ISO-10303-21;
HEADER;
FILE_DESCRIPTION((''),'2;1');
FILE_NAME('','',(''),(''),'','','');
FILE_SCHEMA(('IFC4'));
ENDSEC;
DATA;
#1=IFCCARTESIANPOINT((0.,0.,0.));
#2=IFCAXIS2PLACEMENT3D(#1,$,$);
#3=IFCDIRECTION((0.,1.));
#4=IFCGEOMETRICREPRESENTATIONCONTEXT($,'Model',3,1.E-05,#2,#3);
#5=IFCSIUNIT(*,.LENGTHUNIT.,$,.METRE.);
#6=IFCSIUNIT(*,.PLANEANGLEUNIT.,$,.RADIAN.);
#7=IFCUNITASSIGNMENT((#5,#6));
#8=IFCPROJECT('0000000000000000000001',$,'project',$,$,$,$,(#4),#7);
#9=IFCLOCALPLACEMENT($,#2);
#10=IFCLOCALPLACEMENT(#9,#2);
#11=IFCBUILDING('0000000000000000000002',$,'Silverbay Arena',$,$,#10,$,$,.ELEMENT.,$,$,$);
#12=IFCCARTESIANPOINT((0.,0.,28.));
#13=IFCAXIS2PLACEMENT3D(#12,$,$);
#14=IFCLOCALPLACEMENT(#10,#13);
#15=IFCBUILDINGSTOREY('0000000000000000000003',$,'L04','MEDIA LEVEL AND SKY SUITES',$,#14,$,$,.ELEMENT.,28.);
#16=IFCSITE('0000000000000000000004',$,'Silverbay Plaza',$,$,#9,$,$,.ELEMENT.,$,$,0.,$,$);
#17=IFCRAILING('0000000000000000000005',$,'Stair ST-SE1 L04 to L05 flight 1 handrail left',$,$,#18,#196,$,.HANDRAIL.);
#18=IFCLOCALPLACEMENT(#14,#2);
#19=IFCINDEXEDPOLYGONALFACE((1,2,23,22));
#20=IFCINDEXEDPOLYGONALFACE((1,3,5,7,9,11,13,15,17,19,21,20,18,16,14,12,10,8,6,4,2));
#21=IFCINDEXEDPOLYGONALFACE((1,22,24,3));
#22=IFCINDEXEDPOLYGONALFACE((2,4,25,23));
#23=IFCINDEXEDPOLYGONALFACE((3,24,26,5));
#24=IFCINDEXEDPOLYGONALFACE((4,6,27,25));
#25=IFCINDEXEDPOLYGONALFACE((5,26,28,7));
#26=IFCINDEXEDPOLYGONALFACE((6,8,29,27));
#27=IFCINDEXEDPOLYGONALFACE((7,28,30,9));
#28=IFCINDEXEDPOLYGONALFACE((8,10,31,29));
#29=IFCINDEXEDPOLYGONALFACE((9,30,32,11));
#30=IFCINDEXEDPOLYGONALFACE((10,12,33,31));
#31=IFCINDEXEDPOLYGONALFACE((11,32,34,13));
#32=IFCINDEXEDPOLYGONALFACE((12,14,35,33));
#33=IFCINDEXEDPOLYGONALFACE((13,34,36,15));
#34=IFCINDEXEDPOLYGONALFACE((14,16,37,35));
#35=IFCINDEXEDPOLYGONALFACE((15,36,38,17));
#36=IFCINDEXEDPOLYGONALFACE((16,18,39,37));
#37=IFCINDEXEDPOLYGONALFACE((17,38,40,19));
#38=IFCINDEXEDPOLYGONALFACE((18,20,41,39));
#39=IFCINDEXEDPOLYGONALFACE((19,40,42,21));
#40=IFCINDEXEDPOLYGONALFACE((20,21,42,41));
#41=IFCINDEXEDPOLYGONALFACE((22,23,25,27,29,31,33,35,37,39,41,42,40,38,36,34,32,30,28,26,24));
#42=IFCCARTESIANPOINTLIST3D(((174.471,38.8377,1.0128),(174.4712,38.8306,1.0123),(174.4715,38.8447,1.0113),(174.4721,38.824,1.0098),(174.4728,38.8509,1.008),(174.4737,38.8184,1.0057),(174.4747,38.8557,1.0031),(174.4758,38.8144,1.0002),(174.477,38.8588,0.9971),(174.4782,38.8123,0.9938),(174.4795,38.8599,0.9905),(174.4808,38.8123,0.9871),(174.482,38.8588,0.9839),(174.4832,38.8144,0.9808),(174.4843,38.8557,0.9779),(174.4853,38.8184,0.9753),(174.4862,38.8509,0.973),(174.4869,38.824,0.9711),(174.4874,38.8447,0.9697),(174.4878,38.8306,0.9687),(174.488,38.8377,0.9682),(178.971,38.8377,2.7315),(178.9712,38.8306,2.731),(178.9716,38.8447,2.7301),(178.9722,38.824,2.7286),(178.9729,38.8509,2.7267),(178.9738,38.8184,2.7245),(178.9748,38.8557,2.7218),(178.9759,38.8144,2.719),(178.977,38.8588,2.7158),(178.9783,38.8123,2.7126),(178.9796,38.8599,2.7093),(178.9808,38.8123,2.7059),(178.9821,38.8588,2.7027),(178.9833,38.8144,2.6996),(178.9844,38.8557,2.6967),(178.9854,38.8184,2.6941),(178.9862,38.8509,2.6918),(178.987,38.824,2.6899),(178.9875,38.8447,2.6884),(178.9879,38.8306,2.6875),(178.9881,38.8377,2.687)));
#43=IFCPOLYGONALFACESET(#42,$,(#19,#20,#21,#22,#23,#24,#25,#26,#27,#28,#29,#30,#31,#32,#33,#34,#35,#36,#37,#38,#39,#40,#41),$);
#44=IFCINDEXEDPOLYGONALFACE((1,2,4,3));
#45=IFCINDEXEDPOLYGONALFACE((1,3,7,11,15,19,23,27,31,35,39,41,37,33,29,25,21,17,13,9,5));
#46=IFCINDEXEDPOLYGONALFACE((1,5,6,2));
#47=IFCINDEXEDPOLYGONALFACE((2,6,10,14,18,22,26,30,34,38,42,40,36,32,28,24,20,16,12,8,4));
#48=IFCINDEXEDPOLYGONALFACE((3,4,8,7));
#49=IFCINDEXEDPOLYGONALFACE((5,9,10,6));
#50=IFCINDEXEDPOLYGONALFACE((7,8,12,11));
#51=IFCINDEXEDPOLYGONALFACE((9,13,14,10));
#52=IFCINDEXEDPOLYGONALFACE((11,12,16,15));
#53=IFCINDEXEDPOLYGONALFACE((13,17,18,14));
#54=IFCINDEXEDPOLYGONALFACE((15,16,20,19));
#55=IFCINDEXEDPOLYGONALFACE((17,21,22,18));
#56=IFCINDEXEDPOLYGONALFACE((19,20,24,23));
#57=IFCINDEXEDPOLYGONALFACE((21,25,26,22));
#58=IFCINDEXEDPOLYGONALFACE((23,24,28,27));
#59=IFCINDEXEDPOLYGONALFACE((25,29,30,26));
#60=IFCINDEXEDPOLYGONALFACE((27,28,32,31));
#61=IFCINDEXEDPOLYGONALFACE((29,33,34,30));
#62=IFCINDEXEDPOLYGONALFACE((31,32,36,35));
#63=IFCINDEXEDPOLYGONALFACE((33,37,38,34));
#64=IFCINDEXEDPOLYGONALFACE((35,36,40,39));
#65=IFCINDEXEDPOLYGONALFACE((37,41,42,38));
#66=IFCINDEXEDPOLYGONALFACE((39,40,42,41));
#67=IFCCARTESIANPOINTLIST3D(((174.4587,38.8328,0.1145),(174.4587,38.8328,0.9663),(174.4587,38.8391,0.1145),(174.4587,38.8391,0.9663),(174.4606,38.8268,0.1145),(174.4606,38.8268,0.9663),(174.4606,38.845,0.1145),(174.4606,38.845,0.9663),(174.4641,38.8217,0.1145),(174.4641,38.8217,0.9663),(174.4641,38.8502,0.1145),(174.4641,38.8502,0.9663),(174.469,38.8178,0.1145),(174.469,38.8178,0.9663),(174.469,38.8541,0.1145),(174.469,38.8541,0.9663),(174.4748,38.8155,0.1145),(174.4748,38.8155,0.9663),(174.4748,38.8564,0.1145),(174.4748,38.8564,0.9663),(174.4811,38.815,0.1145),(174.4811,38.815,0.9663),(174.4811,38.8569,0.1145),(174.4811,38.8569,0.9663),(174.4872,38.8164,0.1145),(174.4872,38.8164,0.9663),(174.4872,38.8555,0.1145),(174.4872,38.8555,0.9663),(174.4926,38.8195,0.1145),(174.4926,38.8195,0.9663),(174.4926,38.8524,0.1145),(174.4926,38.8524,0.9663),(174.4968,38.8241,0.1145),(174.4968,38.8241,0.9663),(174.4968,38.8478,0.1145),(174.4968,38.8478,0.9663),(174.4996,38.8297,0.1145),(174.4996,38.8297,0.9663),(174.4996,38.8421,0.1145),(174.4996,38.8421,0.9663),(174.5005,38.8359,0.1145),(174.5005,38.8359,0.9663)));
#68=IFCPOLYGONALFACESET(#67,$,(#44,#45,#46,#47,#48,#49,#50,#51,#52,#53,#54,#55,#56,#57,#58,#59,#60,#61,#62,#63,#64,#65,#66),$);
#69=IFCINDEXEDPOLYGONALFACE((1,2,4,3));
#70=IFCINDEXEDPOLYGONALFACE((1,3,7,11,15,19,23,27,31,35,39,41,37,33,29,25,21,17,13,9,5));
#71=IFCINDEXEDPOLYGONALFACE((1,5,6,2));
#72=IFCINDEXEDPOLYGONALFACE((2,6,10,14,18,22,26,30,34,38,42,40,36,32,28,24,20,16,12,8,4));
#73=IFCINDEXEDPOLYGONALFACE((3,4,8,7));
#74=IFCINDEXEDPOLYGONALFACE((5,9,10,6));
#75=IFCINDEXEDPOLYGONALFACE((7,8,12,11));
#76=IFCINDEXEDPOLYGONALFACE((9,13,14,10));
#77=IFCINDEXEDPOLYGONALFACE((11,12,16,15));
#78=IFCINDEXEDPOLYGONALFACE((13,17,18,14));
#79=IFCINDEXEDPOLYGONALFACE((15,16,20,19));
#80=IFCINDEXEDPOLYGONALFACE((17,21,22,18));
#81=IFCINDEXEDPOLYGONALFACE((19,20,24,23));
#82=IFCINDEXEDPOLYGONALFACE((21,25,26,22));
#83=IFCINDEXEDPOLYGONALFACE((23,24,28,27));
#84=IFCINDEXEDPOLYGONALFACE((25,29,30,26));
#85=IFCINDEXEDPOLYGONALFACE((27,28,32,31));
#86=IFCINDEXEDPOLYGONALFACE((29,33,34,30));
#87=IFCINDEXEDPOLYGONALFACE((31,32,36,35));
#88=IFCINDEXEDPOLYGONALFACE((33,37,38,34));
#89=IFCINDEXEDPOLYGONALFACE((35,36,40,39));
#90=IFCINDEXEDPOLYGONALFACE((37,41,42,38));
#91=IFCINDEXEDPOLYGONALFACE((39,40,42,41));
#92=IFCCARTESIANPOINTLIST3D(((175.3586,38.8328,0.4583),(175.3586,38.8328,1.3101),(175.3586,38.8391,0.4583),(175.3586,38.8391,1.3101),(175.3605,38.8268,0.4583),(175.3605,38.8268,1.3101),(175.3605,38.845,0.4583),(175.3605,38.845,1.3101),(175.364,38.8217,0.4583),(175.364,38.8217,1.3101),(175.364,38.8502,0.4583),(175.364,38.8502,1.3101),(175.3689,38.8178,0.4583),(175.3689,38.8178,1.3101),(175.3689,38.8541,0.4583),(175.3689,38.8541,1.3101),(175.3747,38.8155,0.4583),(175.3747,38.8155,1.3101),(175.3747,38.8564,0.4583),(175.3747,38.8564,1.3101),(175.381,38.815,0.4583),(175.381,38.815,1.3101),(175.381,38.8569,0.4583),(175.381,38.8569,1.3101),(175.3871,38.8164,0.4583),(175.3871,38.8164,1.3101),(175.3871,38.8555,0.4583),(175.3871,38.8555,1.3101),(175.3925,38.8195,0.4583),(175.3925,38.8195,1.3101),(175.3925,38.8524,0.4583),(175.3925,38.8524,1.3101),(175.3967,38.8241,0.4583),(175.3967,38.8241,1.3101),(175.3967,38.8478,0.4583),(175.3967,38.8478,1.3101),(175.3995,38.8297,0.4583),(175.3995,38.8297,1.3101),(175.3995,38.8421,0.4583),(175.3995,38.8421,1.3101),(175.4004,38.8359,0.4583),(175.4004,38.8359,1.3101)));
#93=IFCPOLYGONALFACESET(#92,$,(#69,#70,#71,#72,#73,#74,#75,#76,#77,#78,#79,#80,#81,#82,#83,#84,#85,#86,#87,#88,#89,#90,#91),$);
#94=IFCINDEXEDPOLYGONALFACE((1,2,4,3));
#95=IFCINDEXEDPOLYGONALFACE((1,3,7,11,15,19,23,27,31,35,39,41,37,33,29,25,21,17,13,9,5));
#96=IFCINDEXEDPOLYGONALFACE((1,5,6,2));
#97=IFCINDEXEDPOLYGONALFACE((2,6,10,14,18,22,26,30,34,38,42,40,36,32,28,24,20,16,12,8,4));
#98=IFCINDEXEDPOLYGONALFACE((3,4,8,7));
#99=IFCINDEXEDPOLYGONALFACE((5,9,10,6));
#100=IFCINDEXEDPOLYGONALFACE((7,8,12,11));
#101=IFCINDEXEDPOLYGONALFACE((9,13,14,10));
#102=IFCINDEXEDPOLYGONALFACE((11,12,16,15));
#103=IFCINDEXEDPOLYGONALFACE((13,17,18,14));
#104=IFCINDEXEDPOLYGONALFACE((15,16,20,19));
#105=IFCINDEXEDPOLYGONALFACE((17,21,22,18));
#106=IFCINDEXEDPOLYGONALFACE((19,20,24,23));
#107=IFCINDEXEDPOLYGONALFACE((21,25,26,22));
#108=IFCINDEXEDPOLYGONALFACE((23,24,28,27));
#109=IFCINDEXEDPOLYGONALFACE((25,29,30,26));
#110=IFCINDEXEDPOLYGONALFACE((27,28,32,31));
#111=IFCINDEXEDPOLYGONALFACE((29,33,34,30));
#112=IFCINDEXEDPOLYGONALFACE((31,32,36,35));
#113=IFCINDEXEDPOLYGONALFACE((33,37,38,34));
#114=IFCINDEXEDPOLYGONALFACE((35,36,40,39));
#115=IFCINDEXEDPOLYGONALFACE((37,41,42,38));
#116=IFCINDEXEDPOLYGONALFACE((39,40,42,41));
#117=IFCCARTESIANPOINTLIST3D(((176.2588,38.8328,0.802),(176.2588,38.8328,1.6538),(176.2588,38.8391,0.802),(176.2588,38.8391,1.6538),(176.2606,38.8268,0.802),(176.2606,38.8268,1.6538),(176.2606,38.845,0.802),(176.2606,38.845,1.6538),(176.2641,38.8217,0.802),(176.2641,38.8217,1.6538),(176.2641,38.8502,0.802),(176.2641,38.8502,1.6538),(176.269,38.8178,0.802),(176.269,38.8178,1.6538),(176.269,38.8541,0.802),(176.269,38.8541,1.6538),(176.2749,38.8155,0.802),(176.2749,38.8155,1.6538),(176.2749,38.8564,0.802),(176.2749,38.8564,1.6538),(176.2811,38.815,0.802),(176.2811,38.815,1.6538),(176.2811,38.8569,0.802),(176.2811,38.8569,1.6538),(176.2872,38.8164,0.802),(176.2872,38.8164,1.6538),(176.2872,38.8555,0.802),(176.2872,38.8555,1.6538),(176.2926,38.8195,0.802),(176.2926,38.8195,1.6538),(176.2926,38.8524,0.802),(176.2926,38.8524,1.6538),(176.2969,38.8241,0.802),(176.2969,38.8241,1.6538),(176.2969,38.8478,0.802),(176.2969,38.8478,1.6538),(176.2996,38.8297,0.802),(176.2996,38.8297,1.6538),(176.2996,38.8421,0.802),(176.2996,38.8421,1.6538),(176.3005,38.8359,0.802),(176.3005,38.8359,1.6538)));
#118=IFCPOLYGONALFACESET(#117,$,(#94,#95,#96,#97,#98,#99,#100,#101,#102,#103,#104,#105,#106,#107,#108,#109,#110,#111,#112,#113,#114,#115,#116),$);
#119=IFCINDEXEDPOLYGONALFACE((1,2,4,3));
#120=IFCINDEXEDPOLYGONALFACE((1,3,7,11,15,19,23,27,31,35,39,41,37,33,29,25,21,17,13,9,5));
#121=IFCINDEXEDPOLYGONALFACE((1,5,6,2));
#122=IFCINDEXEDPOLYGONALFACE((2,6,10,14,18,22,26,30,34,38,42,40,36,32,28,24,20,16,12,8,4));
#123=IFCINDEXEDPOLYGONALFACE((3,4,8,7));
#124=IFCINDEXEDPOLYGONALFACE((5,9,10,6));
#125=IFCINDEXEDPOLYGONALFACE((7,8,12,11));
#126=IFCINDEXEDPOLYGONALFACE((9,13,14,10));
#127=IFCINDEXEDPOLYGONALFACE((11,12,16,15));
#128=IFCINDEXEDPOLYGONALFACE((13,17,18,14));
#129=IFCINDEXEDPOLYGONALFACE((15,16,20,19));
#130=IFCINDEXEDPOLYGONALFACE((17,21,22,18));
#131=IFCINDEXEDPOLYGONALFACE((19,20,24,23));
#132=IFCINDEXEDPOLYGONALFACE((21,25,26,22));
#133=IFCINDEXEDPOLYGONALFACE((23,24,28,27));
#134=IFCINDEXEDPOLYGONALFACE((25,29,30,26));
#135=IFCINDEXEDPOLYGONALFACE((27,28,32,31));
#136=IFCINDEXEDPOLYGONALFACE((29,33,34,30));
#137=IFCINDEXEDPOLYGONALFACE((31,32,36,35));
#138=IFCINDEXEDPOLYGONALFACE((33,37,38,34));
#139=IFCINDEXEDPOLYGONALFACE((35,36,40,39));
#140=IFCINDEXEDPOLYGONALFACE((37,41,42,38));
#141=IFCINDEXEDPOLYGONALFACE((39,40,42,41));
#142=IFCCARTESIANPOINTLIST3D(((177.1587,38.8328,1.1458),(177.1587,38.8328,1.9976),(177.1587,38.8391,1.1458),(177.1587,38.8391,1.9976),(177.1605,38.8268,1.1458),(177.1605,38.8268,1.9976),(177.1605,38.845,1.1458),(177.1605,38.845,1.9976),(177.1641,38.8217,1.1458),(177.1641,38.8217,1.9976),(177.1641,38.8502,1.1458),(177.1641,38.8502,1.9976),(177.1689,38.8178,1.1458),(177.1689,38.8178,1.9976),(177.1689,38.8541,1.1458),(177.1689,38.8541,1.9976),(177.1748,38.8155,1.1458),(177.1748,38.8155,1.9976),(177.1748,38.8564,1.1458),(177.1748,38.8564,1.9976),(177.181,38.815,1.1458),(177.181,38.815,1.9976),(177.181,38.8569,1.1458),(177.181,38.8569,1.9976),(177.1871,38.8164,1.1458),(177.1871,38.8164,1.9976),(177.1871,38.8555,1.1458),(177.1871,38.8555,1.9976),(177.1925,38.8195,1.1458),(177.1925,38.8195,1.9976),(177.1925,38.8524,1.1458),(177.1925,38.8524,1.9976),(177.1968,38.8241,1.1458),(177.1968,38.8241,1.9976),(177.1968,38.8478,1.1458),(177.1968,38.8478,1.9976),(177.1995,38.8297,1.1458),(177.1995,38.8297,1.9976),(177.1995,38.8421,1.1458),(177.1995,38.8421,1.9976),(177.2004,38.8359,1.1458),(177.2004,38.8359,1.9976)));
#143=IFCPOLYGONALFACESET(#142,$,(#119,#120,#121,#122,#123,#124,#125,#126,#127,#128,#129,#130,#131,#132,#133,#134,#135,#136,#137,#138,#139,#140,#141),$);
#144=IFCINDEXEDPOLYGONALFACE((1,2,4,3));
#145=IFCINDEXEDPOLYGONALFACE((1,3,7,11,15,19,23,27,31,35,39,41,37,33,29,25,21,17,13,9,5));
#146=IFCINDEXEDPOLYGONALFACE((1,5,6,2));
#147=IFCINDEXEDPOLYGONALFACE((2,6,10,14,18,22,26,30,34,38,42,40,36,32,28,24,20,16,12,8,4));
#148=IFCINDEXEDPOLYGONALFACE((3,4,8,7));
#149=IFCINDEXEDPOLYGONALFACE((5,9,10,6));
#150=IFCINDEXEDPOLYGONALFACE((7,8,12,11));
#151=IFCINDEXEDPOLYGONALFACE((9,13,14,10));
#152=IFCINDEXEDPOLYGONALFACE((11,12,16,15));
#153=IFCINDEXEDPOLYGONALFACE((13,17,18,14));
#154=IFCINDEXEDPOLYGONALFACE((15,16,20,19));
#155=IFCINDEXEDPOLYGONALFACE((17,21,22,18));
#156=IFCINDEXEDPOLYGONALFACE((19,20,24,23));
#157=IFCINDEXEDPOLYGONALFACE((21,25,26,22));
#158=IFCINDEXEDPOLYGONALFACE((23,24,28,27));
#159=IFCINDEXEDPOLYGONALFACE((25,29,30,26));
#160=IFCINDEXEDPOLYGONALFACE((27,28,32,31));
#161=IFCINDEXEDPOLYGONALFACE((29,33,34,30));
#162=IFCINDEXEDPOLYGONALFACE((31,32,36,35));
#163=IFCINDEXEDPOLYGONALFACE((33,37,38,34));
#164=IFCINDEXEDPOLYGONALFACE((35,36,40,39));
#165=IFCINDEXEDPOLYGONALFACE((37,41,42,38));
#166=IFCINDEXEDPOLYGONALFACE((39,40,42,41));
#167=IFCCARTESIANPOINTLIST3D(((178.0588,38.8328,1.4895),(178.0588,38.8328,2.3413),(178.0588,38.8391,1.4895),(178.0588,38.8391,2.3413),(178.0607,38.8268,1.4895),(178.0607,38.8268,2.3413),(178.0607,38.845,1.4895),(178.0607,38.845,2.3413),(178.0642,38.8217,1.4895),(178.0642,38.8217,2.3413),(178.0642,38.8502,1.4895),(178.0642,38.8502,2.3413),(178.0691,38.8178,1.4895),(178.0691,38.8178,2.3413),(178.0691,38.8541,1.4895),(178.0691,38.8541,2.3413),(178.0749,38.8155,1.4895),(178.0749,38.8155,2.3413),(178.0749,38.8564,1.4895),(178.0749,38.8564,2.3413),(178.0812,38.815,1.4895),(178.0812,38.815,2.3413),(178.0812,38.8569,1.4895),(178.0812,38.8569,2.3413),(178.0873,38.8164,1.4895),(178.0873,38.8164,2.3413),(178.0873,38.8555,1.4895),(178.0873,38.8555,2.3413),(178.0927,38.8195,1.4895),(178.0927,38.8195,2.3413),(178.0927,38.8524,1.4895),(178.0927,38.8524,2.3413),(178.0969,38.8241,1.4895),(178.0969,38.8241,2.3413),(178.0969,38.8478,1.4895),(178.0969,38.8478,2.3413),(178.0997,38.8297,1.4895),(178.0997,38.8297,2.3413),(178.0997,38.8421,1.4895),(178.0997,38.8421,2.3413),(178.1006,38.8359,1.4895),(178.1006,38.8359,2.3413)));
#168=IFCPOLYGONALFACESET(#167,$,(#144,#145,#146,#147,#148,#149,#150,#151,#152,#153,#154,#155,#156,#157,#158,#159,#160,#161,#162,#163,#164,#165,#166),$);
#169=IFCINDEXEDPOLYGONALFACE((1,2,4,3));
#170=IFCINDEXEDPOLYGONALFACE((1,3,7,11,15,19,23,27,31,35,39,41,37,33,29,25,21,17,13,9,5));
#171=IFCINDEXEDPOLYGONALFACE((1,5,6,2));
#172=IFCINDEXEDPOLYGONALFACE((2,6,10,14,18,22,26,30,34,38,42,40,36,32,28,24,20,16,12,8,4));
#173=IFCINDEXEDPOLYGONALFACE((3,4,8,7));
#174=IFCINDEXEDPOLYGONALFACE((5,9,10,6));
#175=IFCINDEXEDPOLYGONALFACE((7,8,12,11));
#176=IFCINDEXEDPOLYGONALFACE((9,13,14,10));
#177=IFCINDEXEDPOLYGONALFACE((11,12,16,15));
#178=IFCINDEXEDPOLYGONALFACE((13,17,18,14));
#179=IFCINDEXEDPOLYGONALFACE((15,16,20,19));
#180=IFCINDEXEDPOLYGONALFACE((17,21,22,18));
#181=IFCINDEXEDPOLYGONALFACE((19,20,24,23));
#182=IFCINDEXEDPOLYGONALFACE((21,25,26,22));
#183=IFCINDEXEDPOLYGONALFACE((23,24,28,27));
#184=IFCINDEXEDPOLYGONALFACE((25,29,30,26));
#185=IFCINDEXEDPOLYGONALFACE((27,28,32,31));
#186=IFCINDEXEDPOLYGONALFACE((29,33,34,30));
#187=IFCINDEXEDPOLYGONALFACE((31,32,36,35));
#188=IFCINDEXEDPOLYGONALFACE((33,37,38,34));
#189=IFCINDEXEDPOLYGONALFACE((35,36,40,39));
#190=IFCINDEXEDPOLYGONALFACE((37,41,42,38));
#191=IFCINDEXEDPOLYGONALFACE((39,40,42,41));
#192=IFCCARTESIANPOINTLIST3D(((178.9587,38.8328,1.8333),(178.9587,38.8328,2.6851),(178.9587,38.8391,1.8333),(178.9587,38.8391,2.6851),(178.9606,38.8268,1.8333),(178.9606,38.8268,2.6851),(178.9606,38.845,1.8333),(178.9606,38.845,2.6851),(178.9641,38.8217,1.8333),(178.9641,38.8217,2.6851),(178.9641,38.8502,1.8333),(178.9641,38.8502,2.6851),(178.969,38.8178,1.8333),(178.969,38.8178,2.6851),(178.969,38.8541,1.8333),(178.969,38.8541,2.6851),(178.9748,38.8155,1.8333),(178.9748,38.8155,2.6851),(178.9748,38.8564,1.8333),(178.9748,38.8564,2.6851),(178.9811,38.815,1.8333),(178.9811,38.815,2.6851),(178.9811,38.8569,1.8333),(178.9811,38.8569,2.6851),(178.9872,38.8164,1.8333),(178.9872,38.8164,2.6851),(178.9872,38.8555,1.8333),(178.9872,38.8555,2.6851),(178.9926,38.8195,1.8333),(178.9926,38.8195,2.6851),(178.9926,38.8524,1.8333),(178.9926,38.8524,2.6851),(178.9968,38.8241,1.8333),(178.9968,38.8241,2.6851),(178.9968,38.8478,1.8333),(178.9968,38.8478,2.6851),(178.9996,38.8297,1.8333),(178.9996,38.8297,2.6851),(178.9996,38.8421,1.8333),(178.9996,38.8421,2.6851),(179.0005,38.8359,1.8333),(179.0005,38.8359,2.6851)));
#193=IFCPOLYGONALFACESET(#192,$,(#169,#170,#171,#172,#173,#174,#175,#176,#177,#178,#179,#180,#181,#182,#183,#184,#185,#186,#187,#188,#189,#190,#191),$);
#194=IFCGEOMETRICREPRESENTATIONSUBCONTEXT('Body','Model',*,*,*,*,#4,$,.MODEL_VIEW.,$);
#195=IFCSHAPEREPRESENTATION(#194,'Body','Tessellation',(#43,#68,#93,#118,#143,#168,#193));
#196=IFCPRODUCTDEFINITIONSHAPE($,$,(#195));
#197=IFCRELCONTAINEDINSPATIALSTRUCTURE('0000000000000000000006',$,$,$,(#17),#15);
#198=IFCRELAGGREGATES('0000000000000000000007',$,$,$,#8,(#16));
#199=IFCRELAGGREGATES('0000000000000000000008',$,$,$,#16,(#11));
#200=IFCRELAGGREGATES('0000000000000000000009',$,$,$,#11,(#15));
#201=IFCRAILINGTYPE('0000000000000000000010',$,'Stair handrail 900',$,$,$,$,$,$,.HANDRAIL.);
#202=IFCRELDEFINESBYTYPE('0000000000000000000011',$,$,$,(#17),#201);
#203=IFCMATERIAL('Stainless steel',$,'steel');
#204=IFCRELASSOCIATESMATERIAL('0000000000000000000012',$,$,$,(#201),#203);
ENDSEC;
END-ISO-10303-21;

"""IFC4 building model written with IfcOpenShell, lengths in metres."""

from ifc_helpers import new_model, si_unit, direction, frame, origin, origin_2d, place, context, subcontext, project, spatial, circle, extrude, material, type_object, element, save


model = new_model("IFC4")

# Units and contexts
model_context = context("Model", 3, precision=1e-05, world=origin(), true_north=direction((0.0, 1.0)))
body_context = subcontext(model_context, "Body", "Model", "MODEL_VIEW")
ifc_project = project(units=[si_unit("LENGTHUNIT", "METRE"), si_unit("PLANEANGLEUNIT", "RADIAN")], contexts=[model_context])

# Site, building, storey
site_placement = place(None, origin())
site = spatial("IfcSite", under=ifc_project, at=site_placement, Name="Silverbay Plaza", CompositionType="ELEMENT", RefElevation=0.0)
building_placement = place(site_placement, origin())
building = spatial("IfcBuilding", under=site, at=building_placement, Name="Silverbay Arena", CompositionType="ELEMENT")
storey_placement = place(building_placement, frame((0.0, 0.0, 28.0)))
storey = spatial("IfcBuildingStorey", under=building, at=storey_placement, Name="L04", Description="MEDIA LEVEL AND SKY SUITES", CompositionType="ELEMENT", Elevation=28.0)

# Railing
ifc_material_1 = material(Name="Stainless steel", Category="steel")
railing_type_1 = type_object("IfcRailingType", Name="Stair handrail 900", PredefinedType="HANDRAIL", material=ifc_material_1)
for number, where, name in (
    (1, (174.4795, 38.8359, 0.1145), "Stair ST-SE1 L04 to L05 flight 1 handrail left"),
):
    element("IfcRailing", number, at=place(storey_placement, frame(where)), inside=storey, type_object=railing_type_1, Name=name, PredefinedType="HANDRAIL", context=body_context, shape_type="SweptSolid", body=[
        extrude(circle(Radius=0.0239, at=origin_2d()), frame((0.0, 0.0, 0.876), z_axis=(0.934179, 0.0, 0.356805), x_axis=(0.0, 1.0, 0.0)), (0.0, 0.0, 1.0), 4.8171),
        extrude(circle(Radius=0.021, at=origin_2d()), origin(), (0.0, 0.0, 1.0), 0.8518),
        extrude(circle(Radius=0.021, at=origin_2d()), frame((0.8999, 0.0, 0.3438)), (0.0, 0.0, 1.0), 0.8518),
        extrude(circle(Radius=0.021, at=origin_2d()), frame((1.8, 0.0, 0.6875)), (0.0, 0.0, 1.0), 0.8518),
        extrude(circle(Radius=0.021, at=origin_2d()), frame((2.7, 0.0, 1.0312)), (0.0, 0.0, 1.0), 0.8518),
        extrude(circle(Radius=0.021, at=origin_2d()), frame((3.6001, 0.0, 1.375)), (0.0, 0.0, 1.0), 0.8518),
        extrude(circle(Radius=0.021, at=origin_2d()), frame((4.5, 0.0, 1.7188)), (0.0, 0.0, 1.0), 0.8518),
    ])

save(model, "model.ifc")
